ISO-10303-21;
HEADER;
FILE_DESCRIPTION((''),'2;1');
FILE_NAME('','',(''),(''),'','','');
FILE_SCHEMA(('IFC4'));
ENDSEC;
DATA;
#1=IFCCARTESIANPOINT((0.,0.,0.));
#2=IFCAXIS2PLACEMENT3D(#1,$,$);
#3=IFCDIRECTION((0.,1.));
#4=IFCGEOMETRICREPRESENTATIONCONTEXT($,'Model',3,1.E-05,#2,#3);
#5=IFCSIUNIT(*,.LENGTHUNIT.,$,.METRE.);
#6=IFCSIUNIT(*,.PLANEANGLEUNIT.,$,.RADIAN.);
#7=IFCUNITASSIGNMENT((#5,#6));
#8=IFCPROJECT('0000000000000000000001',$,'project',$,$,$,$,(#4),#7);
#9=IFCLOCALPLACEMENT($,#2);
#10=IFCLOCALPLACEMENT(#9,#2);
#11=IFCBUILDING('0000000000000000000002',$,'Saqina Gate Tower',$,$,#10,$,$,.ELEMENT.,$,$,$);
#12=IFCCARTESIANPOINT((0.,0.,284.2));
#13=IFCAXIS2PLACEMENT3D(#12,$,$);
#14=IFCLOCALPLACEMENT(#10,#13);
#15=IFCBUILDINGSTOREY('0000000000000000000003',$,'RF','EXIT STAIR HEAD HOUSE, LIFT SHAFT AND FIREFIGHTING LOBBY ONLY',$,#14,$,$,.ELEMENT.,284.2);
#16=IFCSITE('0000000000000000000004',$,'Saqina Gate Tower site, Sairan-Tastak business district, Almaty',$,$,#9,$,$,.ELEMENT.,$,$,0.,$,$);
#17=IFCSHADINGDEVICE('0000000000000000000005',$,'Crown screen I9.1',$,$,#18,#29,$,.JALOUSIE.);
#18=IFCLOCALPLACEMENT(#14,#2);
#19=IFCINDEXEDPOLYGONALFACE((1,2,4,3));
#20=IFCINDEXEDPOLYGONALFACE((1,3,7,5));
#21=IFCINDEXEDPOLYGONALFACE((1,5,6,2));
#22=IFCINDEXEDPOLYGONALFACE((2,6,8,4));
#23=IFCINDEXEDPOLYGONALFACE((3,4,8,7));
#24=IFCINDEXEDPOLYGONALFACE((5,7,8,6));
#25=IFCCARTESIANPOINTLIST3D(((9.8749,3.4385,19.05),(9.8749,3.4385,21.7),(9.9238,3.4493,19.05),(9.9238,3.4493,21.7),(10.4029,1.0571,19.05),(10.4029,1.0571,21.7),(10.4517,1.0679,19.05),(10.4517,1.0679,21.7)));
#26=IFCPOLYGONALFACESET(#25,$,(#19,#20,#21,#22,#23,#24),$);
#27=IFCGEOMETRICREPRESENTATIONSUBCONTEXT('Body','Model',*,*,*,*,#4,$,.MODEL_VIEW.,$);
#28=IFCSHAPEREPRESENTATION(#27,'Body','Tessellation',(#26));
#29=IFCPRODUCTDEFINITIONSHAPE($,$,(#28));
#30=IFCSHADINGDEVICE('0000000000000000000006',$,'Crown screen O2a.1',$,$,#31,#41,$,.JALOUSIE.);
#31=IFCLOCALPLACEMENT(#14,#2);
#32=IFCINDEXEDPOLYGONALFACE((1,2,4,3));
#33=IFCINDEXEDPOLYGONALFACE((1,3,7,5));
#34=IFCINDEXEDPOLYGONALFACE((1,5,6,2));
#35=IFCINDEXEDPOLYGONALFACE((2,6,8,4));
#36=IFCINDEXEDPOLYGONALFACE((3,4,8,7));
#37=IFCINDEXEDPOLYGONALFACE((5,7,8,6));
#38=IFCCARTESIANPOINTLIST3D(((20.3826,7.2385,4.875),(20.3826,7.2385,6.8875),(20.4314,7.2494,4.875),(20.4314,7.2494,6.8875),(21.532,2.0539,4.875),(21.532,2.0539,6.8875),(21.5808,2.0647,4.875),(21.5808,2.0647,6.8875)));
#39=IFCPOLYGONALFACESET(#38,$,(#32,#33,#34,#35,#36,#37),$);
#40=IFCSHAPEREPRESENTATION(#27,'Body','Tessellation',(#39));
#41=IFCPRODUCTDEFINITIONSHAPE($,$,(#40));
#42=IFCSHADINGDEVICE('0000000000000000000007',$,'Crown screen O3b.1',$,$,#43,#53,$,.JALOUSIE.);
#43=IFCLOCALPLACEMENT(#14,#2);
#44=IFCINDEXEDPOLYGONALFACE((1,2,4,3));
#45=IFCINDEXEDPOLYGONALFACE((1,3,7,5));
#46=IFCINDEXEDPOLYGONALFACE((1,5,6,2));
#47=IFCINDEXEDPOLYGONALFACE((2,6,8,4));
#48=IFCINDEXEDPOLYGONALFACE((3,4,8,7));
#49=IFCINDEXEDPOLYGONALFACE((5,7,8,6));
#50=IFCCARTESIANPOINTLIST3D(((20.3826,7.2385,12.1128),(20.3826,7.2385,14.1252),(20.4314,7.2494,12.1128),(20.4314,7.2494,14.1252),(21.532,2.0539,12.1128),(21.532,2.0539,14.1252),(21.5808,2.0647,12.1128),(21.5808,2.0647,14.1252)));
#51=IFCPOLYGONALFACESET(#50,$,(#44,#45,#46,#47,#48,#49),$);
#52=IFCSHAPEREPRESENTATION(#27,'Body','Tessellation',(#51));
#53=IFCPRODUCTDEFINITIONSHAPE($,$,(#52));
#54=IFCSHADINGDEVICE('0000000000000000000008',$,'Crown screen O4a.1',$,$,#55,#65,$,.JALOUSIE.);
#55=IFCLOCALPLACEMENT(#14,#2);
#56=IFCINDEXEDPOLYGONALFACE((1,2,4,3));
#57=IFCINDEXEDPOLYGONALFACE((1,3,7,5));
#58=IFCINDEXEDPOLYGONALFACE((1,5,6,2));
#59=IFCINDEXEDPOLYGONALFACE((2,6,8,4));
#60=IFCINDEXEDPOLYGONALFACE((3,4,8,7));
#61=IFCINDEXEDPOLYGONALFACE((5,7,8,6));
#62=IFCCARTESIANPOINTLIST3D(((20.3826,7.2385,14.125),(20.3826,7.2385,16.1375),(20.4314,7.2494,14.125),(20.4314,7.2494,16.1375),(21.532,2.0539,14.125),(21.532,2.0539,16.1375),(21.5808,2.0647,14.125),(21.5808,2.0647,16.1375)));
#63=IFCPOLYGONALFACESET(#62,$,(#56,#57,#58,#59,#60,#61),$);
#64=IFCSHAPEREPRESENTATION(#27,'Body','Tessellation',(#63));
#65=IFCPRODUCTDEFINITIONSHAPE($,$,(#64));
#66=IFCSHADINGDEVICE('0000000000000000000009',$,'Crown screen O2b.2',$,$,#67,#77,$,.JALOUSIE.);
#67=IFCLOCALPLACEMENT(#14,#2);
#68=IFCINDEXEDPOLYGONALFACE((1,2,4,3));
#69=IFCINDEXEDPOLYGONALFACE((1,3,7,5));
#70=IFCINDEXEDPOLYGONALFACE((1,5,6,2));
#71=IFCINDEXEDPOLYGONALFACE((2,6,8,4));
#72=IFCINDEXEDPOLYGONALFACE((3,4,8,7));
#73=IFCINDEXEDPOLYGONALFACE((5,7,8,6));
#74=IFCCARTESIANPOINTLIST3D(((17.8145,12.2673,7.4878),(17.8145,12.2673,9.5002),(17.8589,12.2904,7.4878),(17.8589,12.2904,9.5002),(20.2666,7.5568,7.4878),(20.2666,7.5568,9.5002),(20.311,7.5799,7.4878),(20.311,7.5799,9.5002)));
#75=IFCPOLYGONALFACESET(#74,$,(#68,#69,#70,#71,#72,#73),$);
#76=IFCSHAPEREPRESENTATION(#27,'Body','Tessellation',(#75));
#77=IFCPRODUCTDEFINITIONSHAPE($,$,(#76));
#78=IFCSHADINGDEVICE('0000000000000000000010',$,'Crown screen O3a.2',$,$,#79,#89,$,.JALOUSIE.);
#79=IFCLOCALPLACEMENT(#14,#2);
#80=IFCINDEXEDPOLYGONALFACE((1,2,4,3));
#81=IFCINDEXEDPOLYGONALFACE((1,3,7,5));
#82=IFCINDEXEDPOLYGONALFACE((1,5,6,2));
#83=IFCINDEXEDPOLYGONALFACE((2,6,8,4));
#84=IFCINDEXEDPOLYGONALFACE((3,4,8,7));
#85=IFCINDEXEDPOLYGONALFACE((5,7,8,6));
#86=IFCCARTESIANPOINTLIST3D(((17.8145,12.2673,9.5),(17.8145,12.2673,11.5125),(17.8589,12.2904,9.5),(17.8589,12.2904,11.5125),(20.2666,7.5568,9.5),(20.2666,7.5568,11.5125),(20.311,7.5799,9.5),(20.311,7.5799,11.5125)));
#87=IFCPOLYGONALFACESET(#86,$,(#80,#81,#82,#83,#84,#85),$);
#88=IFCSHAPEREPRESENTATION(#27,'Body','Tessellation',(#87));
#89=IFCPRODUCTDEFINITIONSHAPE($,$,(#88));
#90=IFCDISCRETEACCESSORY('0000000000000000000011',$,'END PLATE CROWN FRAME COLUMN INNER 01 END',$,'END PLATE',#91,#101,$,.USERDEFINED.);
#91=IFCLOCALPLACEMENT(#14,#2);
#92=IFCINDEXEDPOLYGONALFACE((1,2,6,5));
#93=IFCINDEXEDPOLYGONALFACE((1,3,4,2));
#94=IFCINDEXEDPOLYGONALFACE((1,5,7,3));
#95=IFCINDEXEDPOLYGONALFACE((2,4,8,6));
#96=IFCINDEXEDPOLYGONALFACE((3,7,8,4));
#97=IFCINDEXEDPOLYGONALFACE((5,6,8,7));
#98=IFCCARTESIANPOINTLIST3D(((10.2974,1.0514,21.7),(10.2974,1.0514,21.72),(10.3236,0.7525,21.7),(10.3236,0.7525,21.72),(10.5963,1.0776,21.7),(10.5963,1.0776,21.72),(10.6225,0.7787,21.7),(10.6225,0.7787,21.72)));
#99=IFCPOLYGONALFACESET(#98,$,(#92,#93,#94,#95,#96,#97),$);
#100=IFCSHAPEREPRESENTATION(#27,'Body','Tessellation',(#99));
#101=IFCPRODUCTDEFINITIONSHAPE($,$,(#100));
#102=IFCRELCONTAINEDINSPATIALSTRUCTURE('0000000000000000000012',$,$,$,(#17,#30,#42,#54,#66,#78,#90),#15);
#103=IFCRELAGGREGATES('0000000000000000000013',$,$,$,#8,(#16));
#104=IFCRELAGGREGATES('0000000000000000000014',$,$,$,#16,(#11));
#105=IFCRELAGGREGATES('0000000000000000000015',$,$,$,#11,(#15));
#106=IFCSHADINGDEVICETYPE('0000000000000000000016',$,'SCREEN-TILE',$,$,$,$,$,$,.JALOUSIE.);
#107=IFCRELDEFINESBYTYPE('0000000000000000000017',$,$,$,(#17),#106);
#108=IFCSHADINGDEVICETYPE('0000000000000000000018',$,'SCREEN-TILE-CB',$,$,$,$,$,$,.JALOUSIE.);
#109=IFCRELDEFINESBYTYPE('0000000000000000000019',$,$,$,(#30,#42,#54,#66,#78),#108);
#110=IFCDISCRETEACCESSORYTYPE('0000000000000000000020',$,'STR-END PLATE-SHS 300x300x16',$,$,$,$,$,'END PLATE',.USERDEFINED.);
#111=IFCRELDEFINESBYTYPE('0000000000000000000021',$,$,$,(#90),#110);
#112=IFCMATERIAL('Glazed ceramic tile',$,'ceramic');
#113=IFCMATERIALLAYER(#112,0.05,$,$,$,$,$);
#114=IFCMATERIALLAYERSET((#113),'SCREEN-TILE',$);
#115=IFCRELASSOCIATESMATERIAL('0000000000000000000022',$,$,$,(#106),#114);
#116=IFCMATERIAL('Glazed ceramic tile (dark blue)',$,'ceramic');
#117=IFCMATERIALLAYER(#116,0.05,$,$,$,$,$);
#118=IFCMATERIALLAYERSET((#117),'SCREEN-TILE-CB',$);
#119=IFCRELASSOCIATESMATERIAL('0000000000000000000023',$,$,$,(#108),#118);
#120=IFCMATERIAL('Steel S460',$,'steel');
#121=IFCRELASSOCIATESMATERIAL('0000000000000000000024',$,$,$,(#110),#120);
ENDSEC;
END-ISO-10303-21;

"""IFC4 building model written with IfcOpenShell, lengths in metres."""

from ifc_helpers import new_model, si_unit, direction, frame, origin, origin_2d, place, context, subcontext, project, spatial, rectangle, extrude, material, layer, layer_set, material_profile, profile_set, type_object, element, save


model = new_model("IFC4")

# Units and contexts
model_context = context("Model", 3, precision=1e-05, world=origin(), true_north=direction((0.0, 1.0)))
body_context = subcontext(model_context, "Body", "Model", "MODEL_VIEW")
ifc_project = project(units=[si_unit("LENGTHUNIT", "METRE"), si_unit("PLANEANGLEUNIT", "RADIAN")], contexts=[model_context])

# Site, building, storey
site_placement = place(None, origin())
site = spatial("IfcSite", under=ifc_project, at=site_placement, Name="Saqina Gate Tower site, Sairan-Tastak business district, Almaty", CompositionType="ELEMENT", RefElevation=0.0)
building_placement = place(site_placement, origin())
building = spatial("IfcBuilding", under=site, at=building_placement, Name="Saqina Gate Tower", CompositionType="ELEMENT")
storey_placement = place(building_placement, frame((0.0, 0.0, 284.2)))
storey = spatial("IfcBuildingStorey", under=building, at=storey_placement, Name="RF", Description="EXIT STAIR HEAD HOUSE, LIFT SHAFT AND FIREFIGHTING LOBBY ONLY", CompositionType="ELEMENT", Elevation=284.2)

# Shading devices
ifc_material_1 = material(Name="Glazed ceramic tile", Category="ceramic")
ifc_layer_1 = layer(ifc_material_1, 0.05)
ifc_layer_set_1 = layer_set([ifc_layer_1], Name="SCREEN-TILE")
shading_device_type_1 = type_object("IfcShadingDeviceType", Name="SCREEN-TILE", PredefinedType="JALOUSIE", material=ifc_layer_set_1)
shading_device_placement = place(storey_placement, frame((10.1633, 2.2532, 19.05), z_axis=(0.0, 0.0, 1.0), x_axis=(-0.21644, 0.976296, 0.0)))
element("IfcShadingDevice", 1, at=shading_device_placement, inside=storey, type_object=shading_device_type_1, Name="Crown screen I9.1", PredefinedType="JALOUSIE", context=body_context, shape_type="SweptSolid", body=[
    extrude(rectangle(XDim=2.4392, YDim=0.05, at=origin_2d()), origin(), (0.0, 0.0, 1.0), 2.6499),
])
ifc_material_2 = material(Name="Glazed ceramic tile (dark blue)", Category="ceramic")
ifc_layer_2 = layer(ifc_material_2, 0.05)
ifc_layer_set_2 = layer_set([ifc_layer_2], Name="SCREEN-TILE-CB")
shading_device_type_2 = type_object("IfcShadingDeviceType", Name="SCREEN-TILE-CB", PredefinedType="JALOUSIE", material=ifc_layer_set_2)
for number, where, z_axis, x_axis, name in (
    (2, (20.9817, 4.6516, 4.875), (0.0, 0.0, 1.0), (-0.21644, 0.976296, 0.0), "Crown screen O2a.1"),
    (3, (20.9817, 4.6516, 12.1128), (0.0, 0.0, 1.0), (-0.21644, 0.976296, 0.0), "Crown screen O3b.1"),
    (4, (20.9817, 4.6516, 14.125), (0.0, 0.0, 1.0), (-0.21644, 0.976296, 0.0), "Crown screen O4a.1"),
    (5, (19.0627, 9.9236, 7.4878), (0.0, 0.0, 1.0), (-0.461749, 0.887011, 0.0), "Crown screen O2b.2"),
    (6, (19.0627, 9.9236, 9.5), (0.0, 0.0, 1.0), (-0.461749, 0.887011, 0.0), "Crown screen O3a.2"),
):
    element("IfcShadingDevice", number, at=place(storey_placement, frame(where, z_axis=z_axis, x_axis=x_axis)), inside=storey, type_object=shading_device_type_2, Name=name, PredefinedType="JALOUSIE", context=body_context, shape_type="SweptSolid", body=[
        extrude(rectangle(XDim=5.3105, YDim=0.05, at=origin_2d()), origin(), (0.0, 0.0, 1.0), 2.0125),
    ])

# Discrete accessory
ifc_material_3 = material(Name="Steel S460", Category="steel")
ifc_material_profile_1 = material_profile(ifc_material_3, rectangle(XDim=0.3, YDim=0.3, at=origin_2d()), Name="STR-END PLATE-SHS 300x300x16")
ifc_profile_set_1 = profile_set([ifc_material_profile_1], Name="Steel S460")
discrete_accessory_type = type_object("IfcDiscreteAccessoryType", Name="STR-END PLATE-SHS 300x300x16", ElementType="END PLATE", PredefinedType="USERDEFINED", material=ifc_profile_set_1)
discrete_accessory_placement = place(storey_placement, frame((10.46, 0.915, 21.7), z_axis=(0.0, 0.0, 1.0), x_axis=(0.996195, 0.087156, 0.0)))
element("IfcDiscreteAccessory", 7, at=discrete_accessory_placement, inside=storey, type_object=discrete_accessory_type, Name="END PLATE CROWN FRAME COLUMN INNER 01 END", ObjectType="END PLATE", PredefinedType="USERDEFINED", context=body_context, shape_type="SweptSolid", body=[
    extrude(rectangle(XDim=0.3, YDim=0.3, at=origin_2d()), origin(), (0.0, 0.0, 1.0), 0.02),
])

save(model, "model.ifc")
